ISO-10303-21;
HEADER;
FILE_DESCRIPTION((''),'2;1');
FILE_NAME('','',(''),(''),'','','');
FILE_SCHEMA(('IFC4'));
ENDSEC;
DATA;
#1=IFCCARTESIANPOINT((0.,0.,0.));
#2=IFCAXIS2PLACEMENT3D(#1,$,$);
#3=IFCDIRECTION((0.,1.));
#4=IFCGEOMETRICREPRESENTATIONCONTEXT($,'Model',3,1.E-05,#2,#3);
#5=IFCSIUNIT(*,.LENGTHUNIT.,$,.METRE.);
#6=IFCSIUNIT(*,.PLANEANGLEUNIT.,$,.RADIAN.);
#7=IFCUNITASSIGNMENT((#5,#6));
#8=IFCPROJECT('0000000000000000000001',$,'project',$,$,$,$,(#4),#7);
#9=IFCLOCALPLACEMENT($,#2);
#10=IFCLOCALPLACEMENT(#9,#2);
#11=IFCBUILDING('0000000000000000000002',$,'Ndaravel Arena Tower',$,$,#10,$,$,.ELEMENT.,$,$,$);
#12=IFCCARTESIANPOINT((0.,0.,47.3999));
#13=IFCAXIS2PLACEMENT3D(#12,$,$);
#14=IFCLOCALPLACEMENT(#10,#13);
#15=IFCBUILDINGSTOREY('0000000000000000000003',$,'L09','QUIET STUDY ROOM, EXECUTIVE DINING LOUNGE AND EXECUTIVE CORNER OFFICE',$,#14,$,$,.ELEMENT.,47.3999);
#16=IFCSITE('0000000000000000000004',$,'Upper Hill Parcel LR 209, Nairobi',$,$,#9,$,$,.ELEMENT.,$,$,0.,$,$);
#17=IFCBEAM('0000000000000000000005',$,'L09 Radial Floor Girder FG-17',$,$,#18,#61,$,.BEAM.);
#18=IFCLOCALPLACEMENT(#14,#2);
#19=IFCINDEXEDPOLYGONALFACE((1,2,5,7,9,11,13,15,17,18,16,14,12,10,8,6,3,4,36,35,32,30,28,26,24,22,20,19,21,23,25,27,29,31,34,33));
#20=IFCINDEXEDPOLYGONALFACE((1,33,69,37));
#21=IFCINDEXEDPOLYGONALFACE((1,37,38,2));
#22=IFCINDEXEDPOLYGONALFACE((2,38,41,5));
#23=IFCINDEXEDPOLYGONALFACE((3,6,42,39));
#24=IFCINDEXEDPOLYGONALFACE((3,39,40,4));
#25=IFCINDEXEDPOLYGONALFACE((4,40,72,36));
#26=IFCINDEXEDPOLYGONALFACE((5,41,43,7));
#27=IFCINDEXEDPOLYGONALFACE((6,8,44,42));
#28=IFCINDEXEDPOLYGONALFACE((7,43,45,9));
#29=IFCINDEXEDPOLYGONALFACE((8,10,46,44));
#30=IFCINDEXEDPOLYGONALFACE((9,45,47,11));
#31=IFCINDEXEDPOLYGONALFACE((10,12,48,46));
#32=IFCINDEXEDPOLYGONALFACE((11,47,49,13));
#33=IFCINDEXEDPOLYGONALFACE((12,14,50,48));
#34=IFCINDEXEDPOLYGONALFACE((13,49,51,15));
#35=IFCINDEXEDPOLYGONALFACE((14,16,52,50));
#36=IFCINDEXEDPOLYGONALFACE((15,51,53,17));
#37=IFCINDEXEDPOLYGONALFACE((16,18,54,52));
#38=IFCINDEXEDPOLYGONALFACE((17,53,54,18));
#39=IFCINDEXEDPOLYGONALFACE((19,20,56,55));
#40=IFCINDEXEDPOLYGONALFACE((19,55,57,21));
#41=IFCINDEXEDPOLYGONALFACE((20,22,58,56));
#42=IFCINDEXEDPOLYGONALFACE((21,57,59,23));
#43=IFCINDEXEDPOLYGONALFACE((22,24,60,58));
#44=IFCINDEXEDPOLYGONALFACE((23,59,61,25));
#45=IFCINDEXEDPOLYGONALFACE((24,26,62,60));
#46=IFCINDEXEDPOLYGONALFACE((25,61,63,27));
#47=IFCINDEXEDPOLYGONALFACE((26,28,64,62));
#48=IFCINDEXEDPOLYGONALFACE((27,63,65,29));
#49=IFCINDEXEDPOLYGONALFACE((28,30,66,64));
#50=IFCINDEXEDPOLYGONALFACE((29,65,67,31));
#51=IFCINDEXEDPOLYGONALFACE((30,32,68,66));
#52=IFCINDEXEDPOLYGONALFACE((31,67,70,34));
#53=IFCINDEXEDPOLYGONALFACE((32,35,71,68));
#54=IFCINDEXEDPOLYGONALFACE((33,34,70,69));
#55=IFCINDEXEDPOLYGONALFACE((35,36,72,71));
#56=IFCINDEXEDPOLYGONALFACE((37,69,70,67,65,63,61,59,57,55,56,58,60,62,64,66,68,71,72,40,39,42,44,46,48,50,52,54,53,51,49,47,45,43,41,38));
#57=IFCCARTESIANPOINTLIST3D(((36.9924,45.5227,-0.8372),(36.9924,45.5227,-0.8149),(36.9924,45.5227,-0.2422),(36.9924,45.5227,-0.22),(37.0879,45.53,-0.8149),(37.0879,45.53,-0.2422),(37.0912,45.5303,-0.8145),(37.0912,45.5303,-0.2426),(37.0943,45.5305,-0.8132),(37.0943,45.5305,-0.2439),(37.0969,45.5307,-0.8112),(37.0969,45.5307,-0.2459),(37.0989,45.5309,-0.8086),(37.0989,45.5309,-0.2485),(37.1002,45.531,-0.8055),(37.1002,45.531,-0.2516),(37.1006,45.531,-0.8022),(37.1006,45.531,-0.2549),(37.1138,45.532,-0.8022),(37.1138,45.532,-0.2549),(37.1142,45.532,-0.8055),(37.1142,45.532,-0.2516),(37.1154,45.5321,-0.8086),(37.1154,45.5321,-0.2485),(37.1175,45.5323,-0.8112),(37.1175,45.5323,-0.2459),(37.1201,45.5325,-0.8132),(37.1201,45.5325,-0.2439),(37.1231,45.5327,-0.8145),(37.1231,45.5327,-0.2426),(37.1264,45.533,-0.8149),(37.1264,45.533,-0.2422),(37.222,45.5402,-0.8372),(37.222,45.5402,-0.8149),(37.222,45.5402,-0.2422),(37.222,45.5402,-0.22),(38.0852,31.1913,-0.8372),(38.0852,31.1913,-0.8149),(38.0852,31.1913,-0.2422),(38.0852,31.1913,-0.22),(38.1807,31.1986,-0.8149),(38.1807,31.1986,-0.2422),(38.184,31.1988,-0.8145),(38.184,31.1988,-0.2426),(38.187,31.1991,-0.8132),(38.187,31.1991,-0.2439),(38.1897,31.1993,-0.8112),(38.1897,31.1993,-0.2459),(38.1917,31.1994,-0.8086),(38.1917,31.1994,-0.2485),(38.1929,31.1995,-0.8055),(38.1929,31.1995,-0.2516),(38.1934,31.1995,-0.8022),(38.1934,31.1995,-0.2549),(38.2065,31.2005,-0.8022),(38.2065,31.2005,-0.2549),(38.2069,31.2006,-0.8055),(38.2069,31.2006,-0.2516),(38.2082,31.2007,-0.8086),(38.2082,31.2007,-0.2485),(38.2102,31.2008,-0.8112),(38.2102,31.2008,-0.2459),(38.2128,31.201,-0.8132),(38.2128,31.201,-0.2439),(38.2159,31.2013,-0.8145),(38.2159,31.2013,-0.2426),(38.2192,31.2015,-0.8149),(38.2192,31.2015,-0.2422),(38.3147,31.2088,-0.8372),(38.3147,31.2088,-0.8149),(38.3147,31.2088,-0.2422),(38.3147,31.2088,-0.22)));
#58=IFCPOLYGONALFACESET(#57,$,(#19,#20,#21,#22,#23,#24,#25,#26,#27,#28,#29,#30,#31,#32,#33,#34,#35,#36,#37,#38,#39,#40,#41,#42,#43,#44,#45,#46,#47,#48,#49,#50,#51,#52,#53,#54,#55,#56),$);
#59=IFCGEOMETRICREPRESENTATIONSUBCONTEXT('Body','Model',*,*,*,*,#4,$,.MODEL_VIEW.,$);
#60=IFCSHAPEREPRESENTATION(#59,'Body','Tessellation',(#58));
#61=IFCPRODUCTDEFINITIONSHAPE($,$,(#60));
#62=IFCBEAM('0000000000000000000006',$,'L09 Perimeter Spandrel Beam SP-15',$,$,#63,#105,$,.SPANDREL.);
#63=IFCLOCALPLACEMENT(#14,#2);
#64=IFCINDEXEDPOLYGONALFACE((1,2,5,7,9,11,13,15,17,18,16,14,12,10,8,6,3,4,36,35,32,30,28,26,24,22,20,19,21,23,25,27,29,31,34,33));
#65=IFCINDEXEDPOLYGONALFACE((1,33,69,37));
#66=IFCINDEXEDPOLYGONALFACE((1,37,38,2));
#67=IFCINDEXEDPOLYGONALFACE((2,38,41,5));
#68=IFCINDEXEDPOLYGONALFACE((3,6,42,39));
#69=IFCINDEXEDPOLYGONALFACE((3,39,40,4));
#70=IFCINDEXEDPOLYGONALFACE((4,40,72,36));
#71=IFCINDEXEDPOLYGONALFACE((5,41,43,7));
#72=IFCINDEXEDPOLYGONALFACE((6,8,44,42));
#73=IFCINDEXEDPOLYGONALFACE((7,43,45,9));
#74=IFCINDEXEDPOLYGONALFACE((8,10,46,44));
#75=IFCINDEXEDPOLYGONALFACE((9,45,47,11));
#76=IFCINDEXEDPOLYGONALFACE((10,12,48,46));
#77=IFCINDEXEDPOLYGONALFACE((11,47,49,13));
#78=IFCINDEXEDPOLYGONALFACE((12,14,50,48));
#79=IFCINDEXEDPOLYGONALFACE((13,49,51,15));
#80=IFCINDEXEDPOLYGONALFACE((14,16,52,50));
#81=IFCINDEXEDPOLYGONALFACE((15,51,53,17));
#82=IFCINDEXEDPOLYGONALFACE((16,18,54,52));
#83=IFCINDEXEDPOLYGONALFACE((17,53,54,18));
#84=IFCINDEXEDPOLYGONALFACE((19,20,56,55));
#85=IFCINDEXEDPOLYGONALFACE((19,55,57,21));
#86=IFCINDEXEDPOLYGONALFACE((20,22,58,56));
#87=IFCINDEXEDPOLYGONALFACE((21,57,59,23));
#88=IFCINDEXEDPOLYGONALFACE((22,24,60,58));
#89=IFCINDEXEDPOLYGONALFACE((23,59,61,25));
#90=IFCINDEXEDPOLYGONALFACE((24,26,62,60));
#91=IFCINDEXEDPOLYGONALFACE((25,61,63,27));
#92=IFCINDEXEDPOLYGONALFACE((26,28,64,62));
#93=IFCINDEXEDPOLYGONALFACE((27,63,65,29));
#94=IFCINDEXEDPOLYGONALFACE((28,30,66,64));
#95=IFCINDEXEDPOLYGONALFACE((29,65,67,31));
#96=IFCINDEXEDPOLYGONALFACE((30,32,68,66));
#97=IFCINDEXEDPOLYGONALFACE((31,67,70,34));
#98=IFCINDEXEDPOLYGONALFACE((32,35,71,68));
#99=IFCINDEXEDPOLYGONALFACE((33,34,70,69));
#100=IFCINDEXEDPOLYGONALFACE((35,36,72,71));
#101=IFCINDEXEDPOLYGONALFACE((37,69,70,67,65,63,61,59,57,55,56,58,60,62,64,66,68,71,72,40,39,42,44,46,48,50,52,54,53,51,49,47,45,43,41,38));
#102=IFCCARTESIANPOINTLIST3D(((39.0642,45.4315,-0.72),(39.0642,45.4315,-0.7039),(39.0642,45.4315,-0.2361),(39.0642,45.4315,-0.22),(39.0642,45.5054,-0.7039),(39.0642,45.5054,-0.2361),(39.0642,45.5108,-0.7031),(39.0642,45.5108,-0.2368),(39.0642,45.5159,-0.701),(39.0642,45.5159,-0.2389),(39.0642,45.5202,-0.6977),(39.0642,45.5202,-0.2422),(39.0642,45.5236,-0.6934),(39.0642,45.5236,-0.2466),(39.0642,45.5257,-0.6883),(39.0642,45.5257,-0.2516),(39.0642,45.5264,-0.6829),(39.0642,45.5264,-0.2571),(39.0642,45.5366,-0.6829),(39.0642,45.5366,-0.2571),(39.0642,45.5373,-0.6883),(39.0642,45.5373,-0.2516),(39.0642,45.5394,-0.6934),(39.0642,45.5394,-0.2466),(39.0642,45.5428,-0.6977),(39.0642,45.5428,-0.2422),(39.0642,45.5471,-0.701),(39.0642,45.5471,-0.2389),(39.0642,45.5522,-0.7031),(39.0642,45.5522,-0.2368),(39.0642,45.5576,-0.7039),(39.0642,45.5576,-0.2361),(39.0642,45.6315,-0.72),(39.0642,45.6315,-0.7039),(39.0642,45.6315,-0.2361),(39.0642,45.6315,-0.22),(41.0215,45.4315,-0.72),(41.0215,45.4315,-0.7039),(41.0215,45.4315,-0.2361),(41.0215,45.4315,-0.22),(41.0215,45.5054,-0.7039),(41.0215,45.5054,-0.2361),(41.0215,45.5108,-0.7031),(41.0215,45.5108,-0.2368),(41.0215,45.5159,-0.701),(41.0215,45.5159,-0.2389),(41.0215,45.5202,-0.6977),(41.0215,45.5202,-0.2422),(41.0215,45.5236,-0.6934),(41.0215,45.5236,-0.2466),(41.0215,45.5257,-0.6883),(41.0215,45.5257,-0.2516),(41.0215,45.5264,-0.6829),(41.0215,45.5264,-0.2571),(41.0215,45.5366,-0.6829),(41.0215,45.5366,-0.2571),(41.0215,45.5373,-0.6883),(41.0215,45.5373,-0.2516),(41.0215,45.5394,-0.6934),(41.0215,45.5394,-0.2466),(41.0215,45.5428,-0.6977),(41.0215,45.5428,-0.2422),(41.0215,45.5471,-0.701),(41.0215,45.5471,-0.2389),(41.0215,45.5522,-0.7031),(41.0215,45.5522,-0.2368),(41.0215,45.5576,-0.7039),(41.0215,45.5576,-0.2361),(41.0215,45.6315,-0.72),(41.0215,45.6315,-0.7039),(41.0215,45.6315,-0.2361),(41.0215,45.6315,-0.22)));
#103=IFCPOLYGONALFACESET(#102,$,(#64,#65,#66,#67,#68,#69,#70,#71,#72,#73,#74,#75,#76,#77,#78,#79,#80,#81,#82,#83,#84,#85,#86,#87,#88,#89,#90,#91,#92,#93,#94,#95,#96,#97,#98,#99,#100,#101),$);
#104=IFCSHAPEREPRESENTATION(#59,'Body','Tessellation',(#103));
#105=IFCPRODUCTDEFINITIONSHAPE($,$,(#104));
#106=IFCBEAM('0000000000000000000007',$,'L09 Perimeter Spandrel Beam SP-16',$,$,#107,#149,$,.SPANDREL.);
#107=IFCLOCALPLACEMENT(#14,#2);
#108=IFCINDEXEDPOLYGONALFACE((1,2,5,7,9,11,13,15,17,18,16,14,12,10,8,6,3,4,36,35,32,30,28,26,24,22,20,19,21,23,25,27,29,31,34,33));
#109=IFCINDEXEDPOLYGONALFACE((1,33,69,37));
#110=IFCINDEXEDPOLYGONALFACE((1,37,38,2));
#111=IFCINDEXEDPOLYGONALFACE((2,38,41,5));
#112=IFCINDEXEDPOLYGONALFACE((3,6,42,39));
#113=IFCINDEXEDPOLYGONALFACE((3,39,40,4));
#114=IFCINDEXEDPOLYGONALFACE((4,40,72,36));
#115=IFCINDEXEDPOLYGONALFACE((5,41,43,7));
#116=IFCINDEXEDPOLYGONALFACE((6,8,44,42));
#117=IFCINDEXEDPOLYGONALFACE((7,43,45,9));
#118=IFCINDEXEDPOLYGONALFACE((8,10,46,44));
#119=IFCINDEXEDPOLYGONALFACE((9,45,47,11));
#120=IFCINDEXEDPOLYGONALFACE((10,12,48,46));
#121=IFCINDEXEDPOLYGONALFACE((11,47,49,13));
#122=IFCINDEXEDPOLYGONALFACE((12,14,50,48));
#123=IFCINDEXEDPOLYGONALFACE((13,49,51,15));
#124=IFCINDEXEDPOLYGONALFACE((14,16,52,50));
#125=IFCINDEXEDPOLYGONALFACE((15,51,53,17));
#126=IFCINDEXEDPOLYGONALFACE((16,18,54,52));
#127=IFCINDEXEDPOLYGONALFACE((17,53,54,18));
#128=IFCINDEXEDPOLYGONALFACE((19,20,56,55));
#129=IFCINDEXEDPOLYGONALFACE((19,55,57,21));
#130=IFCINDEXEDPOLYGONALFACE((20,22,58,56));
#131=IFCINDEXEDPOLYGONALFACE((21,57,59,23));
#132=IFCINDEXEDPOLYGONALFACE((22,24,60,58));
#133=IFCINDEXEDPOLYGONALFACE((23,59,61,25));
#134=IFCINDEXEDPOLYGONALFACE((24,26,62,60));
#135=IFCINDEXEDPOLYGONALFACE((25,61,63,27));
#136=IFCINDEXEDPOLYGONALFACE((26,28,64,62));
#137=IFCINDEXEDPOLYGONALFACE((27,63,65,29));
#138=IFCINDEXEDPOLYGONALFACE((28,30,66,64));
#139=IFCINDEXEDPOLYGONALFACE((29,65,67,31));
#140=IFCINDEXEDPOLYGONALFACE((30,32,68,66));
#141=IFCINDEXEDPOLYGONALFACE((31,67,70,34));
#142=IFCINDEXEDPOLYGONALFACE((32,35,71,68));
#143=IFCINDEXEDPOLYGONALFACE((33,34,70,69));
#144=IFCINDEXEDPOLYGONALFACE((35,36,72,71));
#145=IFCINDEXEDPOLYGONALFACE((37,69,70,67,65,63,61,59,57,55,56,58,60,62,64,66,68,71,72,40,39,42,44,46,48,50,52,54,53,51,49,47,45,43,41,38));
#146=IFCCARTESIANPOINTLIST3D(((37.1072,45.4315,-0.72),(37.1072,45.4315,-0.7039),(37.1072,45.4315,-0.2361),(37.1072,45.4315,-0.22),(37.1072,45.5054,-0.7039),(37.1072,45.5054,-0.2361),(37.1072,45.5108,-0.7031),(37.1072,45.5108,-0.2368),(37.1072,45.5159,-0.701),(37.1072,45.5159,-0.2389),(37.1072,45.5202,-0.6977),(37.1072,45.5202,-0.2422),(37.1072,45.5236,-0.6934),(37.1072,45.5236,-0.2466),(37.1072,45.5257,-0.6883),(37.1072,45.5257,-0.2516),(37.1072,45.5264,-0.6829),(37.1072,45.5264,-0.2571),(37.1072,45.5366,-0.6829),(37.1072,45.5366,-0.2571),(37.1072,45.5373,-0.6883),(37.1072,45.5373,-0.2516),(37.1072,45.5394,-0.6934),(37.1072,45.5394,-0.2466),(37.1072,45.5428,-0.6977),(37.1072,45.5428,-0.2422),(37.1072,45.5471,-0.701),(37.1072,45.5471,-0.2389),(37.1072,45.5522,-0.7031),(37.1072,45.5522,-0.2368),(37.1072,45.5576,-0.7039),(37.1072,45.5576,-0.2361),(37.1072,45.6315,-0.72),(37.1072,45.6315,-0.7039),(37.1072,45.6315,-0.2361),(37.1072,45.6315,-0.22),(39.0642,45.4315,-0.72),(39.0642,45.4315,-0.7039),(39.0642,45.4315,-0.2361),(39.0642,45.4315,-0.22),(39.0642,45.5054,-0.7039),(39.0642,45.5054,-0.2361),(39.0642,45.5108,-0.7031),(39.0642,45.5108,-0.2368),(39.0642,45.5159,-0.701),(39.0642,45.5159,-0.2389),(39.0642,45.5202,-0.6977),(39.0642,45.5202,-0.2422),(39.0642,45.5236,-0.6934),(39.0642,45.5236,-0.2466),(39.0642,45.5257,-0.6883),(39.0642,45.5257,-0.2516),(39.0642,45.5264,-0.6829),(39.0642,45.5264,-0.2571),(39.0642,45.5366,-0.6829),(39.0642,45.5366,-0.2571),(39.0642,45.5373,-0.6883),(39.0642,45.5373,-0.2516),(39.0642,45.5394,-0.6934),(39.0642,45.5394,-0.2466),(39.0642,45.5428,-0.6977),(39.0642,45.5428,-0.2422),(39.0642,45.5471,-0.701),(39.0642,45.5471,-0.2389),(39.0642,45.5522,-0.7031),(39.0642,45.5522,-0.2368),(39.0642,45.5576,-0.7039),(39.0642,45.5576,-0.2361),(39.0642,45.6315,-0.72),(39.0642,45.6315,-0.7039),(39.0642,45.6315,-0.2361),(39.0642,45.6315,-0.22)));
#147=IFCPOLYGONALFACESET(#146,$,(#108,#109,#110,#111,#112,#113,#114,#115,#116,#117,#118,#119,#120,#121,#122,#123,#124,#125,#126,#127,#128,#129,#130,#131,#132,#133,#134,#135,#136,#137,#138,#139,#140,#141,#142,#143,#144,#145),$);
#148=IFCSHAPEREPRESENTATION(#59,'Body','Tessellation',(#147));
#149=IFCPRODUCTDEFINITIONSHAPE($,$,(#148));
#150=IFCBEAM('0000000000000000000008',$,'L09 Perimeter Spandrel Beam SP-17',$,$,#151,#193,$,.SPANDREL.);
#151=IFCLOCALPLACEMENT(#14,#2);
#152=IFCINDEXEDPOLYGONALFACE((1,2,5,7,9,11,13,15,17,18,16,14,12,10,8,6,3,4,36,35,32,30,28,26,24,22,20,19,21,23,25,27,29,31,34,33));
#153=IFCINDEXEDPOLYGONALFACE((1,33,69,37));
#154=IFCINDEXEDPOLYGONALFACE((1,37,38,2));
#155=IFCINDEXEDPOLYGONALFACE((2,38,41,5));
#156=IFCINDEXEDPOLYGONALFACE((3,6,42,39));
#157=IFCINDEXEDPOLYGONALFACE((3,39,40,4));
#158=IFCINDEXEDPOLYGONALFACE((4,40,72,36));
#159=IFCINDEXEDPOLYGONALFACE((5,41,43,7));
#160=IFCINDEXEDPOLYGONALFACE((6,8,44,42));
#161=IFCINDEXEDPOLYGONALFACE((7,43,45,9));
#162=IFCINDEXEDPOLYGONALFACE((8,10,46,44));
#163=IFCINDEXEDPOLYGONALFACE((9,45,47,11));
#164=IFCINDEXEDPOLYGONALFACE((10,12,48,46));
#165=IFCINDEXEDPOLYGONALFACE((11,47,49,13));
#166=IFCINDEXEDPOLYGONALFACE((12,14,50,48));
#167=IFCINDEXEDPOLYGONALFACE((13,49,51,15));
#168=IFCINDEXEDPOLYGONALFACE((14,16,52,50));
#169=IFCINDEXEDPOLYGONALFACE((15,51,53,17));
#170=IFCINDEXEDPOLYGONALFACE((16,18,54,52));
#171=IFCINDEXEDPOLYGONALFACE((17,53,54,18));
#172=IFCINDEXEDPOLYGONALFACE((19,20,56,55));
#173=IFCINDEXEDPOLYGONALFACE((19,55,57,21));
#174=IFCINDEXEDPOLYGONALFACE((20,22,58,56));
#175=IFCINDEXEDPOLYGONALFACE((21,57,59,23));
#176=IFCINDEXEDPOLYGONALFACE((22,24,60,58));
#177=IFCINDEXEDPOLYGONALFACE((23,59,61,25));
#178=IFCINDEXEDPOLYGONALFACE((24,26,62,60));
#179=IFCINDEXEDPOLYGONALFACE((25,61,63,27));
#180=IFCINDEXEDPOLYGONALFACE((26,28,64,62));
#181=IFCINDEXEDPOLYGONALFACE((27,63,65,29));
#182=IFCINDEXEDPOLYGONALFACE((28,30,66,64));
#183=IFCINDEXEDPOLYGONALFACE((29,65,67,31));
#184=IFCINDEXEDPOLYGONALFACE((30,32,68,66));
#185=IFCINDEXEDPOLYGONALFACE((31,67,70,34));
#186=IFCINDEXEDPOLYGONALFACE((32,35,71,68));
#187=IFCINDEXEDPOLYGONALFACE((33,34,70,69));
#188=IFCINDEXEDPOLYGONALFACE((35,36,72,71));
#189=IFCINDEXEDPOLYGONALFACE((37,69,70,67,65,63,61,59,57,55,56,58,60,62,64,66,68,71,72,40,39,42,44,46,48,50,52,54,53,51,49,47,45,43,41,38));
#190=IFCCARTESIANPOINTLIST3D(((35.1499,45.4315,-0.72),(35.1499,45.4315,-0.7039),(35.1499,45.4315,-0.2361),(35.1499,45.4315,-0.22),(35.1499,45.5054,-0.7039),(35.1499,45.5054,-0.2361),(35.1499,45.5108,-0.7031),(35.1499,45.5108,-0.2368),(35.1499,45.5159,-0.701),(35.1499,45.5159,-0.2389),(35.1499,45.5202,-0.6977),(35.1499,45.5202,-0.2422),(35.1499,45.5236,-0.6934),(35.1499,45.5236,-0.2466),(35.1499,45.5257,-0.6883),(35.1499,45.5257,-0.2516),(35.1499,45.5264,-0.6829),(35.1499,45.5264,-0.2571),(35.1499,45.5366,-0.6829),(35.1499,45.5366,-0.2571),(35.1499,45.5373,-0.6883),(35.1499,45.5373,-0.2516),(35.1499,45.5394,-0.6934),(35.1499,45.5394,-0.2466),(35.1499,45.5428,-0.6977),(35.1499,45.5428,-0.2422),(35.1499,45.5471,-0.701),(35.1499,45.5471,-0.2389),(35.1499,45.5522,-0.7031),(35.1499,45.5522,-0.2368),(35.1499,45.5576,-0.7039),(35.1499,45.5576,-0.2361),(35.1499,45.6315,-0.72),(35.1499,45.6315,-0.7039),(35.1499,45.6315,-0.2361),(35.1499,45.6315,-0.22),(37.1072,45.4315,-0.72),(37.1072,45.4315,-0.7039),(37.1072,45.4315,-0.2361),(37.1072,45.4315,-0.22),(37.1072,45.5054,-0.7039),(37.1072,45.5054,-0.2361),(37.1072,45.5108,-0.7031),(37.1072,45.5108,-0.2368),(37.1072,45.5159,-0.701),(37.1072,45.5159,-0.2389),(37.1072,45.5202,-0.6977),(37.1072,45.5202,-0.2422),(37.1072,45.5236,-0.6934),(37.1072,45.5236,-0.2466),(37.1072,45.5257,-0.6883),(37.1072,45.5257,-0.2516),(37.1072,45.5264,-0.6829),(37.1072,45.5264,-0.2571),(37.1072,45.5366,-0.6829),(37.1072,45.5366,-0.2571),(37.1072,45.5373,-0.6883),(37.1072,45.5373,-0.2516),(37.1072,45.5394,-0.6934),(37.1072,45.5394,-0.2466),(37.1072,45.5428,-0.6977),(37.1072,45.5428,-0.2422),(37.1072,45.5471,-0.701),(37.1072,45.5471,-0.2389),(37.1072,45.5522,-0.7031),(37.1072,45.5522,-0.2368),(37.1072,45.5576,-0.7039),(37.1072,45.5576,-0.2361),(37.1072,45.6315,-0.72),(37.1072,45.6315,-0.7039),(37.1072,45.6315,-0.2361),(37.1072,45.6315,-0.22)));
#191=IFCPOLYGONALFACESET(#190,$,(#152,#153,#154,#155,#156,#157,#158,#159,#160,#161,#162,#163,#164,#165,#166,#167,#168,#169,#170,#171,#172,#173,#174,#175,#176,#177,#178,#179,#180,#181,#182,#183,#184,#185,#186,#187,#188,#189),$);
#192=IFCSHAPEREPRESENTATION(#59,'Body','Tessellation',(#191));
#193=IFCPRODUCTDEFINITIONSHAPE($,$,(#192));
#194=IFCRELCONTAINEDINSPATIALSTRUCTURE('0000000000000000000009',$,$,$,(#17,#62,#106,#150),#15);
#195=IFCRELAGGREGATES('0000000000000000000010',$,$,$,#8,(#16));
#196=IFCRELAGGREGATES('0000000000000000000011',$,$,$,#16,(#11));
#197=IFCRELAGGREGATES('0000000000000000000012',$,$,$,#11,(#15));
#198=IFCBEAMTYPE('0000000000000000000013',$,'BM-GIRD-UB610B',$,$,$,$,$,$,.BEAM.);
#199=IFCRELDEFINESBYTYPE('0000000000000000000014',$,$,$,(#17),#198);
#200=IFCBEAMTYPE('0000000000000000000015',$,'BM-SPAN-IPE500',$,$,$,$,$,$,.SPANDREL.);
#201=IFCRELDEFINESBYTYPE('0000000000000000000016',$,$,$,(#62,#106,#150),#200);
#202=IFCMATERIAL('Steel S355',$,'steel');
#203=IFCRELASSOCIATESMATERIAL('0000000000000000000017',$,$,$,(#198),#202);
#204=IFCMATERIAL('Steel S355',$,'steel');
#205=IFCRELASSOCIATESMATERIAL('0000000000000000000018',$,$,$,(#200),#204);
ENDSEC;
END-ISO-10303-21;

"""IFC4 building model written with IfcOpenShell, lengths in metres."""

from ifc_helpers import new_model, si_unit, direction, frame, origin, origin_2d, place, context, subcontext, project, spatial, i_section, extrude, material, material_profile, profile_set, type_object, element, save


model = new_model("IFC4")

# Units and contexts
model_context = context("Model", 3, precision=1e-05, world=origin(), true_north=direction((0.0, 1.0)))
body_context = subcontext(model_context, "Body", "Model", "MODEL_VIEW")
ifc_project = project(units=[si_unit("LENGTHUNIT", "METRE"), si_unit("PLANEANGLEUNIT", "RADIAN")], contexts=[model_context])

# Site, building, storey
site_placement = place(None, origin())
site = spatial("IfcSite", under=ifc_project, at=site_placement, Name="Upper Hill Parcel LR 209, Nairobi", CompositionType="ELEMENT", RefElevation=0.0)
building_placement = place(site_placement, origin())
building = spatial("IfcBuilding", under=site, at=building_placement, Name="Ndaravel Arena Tower", CompositionType="ELEMENT")
storey_placement = place(building_placement, frame((0.0, 0.0, 47.3999)))
storey = spatial("IfcBuildingStorey", under=building, at=storey_placement, Name="L09", Description="QUIET STUDY ROOM, EXECUTIVE DINING LOUNGE AND EXECUTIVE CORNER OFFICE", CompositionType="ELEMENT", Elevation=47.3999)

# Beams
ifc_material_1 = material(Name="Steel S355", Category="steel")
ifc_material_profile_1 = material_profile(ifc_material_1, i_section(OverallWidth=0.2302, OverallDepth=0.6172, WebThickness=0.0132, FlangeThickness=0.0222, FilletRadius=0.0127, at=origin_2d()), Name="UB 610x229x140")
ifc_profile_set_1 = profile_set([ifc_material_profile_1], Name="Steel S355")
beam_type_1 = type_object("IfcBeamType", Name="BM-GIRD-UB610B", PredefinedType="BEAM", material=ifc_profile_set_1)
beam_1_placement = place(storey_placement, frame((37.1072, 45.5315, -0.5286), z_axis=(0.076029, -0.997106, 0.0), x_axis=(0.997106, 0.076029, 0.0)))
element("IfcBeam", 1, at=beam_1_placement, inside=storey, type_object=beam_type_1, Name="L09 Radial Floor Girder FG-17", PredefinedType="BEAM", context=body_context, shape_type="SweptSolid", body=[
    extrude(i_section(OverallWidth=0.2302, OverallDepth=0.6172, WebThickness=0.0132, FlangeThickness=0.0222, FilletRadius=0.0127, at=origin_2d()), origin(), (0.0, 0.0, 1.0), 14.373),
])
ifc_material_2 = material(Name="Steel S355", Category="steel")
ifc_material_profile_2 = material_profile(ifc_material_2, i_section(OverallWidth=0.2, OverallDepth=0.5, WebThickness=0.0103, FlangeThickness=0.0161, FilletRadius=0.021, at=origin_2d()), Name="IPE 500")
ifc_profile_set_2 = profile_set([ifc_material_profile_2], Name="Steel S355")
beam_type_2 = type_object("IfcBeamType", Name="BM-SPAN-IPE500", PredefinedType="SPANDREL", material=ifc_profile_set_2)
beam_2_placement = place(storey_placement, frame((41.0215, 45.5315, -0.47), z_axis=(-1.0, 0.0, 0.0), x_axis=(0.0, -1.0, 0.0)))
element("IfcBeam", 2, at=beam_2_placement, inside=storey, type_object=beam_type_2, Name="L09 Perimeter Spandrel Beam SP-15", PredefinedType="SPANDREL", context=body_context, shape_type="SweptSolid", body=[
    extrude(i_section(OverallWidth=0.2, OverallDepth=0.5, WebThickness=0.0103, FlangeThickness=0.0161, FilletRadius=0.021, at=origin_2d()), origin(), (0.0, 0.0, 1.0), 1.9573),
])
beam_3_placement = place(storey_placement, frame((39.0642, 45.5315, -0.47), z_axis=(-1.0, 0.0, 0.0), x_axis=(0.0, -1.0, 0.0)))
element("IfcBeam", 3, at=beam_3_placement, inside=storey, type_object=beam_type_2, Name="L09 Perimeter Spandrel Beam SP-16", PredefinedType="SPANDREL", context=body_context, shape_type="SweptSolid", body=[
    extrude(i_section(OverallWidth=0.2, OverallDepth=0.5, WebThickness=0.0103, FlangeThickness=0.0161, FilletRadius=0.021, at=origin_2d()), origin(), (0.0, 0.0, 1.0), 1.957),
])
beam_4_placement = place(storey_placement, frame((37.1072, 45.5315, -0.47), z_axis=(-1.0, 0.0, 0.0), x_axis=(0.0, -1.0, 0.0)))
element("IfcBeam", 4, at=beam_4_placement, inside=storey, type_object=beam_type_2, Name="L09 Perimeter Spandrel Beam SP-17", PredefinedType="SPANDREL", context=body_context, shape_type="SweptSolid", body=[
    extrude(i_section(OverallWidth=0.2, OverallDepth=0.5, WebThickness=0.0103, FlangeThickness=0.0161, FilletRadius=0.021, at=origin_2d()), origin(), (0.0, 0.0, 1.0), 1.9573),
])

save(model, "model.ifc")
